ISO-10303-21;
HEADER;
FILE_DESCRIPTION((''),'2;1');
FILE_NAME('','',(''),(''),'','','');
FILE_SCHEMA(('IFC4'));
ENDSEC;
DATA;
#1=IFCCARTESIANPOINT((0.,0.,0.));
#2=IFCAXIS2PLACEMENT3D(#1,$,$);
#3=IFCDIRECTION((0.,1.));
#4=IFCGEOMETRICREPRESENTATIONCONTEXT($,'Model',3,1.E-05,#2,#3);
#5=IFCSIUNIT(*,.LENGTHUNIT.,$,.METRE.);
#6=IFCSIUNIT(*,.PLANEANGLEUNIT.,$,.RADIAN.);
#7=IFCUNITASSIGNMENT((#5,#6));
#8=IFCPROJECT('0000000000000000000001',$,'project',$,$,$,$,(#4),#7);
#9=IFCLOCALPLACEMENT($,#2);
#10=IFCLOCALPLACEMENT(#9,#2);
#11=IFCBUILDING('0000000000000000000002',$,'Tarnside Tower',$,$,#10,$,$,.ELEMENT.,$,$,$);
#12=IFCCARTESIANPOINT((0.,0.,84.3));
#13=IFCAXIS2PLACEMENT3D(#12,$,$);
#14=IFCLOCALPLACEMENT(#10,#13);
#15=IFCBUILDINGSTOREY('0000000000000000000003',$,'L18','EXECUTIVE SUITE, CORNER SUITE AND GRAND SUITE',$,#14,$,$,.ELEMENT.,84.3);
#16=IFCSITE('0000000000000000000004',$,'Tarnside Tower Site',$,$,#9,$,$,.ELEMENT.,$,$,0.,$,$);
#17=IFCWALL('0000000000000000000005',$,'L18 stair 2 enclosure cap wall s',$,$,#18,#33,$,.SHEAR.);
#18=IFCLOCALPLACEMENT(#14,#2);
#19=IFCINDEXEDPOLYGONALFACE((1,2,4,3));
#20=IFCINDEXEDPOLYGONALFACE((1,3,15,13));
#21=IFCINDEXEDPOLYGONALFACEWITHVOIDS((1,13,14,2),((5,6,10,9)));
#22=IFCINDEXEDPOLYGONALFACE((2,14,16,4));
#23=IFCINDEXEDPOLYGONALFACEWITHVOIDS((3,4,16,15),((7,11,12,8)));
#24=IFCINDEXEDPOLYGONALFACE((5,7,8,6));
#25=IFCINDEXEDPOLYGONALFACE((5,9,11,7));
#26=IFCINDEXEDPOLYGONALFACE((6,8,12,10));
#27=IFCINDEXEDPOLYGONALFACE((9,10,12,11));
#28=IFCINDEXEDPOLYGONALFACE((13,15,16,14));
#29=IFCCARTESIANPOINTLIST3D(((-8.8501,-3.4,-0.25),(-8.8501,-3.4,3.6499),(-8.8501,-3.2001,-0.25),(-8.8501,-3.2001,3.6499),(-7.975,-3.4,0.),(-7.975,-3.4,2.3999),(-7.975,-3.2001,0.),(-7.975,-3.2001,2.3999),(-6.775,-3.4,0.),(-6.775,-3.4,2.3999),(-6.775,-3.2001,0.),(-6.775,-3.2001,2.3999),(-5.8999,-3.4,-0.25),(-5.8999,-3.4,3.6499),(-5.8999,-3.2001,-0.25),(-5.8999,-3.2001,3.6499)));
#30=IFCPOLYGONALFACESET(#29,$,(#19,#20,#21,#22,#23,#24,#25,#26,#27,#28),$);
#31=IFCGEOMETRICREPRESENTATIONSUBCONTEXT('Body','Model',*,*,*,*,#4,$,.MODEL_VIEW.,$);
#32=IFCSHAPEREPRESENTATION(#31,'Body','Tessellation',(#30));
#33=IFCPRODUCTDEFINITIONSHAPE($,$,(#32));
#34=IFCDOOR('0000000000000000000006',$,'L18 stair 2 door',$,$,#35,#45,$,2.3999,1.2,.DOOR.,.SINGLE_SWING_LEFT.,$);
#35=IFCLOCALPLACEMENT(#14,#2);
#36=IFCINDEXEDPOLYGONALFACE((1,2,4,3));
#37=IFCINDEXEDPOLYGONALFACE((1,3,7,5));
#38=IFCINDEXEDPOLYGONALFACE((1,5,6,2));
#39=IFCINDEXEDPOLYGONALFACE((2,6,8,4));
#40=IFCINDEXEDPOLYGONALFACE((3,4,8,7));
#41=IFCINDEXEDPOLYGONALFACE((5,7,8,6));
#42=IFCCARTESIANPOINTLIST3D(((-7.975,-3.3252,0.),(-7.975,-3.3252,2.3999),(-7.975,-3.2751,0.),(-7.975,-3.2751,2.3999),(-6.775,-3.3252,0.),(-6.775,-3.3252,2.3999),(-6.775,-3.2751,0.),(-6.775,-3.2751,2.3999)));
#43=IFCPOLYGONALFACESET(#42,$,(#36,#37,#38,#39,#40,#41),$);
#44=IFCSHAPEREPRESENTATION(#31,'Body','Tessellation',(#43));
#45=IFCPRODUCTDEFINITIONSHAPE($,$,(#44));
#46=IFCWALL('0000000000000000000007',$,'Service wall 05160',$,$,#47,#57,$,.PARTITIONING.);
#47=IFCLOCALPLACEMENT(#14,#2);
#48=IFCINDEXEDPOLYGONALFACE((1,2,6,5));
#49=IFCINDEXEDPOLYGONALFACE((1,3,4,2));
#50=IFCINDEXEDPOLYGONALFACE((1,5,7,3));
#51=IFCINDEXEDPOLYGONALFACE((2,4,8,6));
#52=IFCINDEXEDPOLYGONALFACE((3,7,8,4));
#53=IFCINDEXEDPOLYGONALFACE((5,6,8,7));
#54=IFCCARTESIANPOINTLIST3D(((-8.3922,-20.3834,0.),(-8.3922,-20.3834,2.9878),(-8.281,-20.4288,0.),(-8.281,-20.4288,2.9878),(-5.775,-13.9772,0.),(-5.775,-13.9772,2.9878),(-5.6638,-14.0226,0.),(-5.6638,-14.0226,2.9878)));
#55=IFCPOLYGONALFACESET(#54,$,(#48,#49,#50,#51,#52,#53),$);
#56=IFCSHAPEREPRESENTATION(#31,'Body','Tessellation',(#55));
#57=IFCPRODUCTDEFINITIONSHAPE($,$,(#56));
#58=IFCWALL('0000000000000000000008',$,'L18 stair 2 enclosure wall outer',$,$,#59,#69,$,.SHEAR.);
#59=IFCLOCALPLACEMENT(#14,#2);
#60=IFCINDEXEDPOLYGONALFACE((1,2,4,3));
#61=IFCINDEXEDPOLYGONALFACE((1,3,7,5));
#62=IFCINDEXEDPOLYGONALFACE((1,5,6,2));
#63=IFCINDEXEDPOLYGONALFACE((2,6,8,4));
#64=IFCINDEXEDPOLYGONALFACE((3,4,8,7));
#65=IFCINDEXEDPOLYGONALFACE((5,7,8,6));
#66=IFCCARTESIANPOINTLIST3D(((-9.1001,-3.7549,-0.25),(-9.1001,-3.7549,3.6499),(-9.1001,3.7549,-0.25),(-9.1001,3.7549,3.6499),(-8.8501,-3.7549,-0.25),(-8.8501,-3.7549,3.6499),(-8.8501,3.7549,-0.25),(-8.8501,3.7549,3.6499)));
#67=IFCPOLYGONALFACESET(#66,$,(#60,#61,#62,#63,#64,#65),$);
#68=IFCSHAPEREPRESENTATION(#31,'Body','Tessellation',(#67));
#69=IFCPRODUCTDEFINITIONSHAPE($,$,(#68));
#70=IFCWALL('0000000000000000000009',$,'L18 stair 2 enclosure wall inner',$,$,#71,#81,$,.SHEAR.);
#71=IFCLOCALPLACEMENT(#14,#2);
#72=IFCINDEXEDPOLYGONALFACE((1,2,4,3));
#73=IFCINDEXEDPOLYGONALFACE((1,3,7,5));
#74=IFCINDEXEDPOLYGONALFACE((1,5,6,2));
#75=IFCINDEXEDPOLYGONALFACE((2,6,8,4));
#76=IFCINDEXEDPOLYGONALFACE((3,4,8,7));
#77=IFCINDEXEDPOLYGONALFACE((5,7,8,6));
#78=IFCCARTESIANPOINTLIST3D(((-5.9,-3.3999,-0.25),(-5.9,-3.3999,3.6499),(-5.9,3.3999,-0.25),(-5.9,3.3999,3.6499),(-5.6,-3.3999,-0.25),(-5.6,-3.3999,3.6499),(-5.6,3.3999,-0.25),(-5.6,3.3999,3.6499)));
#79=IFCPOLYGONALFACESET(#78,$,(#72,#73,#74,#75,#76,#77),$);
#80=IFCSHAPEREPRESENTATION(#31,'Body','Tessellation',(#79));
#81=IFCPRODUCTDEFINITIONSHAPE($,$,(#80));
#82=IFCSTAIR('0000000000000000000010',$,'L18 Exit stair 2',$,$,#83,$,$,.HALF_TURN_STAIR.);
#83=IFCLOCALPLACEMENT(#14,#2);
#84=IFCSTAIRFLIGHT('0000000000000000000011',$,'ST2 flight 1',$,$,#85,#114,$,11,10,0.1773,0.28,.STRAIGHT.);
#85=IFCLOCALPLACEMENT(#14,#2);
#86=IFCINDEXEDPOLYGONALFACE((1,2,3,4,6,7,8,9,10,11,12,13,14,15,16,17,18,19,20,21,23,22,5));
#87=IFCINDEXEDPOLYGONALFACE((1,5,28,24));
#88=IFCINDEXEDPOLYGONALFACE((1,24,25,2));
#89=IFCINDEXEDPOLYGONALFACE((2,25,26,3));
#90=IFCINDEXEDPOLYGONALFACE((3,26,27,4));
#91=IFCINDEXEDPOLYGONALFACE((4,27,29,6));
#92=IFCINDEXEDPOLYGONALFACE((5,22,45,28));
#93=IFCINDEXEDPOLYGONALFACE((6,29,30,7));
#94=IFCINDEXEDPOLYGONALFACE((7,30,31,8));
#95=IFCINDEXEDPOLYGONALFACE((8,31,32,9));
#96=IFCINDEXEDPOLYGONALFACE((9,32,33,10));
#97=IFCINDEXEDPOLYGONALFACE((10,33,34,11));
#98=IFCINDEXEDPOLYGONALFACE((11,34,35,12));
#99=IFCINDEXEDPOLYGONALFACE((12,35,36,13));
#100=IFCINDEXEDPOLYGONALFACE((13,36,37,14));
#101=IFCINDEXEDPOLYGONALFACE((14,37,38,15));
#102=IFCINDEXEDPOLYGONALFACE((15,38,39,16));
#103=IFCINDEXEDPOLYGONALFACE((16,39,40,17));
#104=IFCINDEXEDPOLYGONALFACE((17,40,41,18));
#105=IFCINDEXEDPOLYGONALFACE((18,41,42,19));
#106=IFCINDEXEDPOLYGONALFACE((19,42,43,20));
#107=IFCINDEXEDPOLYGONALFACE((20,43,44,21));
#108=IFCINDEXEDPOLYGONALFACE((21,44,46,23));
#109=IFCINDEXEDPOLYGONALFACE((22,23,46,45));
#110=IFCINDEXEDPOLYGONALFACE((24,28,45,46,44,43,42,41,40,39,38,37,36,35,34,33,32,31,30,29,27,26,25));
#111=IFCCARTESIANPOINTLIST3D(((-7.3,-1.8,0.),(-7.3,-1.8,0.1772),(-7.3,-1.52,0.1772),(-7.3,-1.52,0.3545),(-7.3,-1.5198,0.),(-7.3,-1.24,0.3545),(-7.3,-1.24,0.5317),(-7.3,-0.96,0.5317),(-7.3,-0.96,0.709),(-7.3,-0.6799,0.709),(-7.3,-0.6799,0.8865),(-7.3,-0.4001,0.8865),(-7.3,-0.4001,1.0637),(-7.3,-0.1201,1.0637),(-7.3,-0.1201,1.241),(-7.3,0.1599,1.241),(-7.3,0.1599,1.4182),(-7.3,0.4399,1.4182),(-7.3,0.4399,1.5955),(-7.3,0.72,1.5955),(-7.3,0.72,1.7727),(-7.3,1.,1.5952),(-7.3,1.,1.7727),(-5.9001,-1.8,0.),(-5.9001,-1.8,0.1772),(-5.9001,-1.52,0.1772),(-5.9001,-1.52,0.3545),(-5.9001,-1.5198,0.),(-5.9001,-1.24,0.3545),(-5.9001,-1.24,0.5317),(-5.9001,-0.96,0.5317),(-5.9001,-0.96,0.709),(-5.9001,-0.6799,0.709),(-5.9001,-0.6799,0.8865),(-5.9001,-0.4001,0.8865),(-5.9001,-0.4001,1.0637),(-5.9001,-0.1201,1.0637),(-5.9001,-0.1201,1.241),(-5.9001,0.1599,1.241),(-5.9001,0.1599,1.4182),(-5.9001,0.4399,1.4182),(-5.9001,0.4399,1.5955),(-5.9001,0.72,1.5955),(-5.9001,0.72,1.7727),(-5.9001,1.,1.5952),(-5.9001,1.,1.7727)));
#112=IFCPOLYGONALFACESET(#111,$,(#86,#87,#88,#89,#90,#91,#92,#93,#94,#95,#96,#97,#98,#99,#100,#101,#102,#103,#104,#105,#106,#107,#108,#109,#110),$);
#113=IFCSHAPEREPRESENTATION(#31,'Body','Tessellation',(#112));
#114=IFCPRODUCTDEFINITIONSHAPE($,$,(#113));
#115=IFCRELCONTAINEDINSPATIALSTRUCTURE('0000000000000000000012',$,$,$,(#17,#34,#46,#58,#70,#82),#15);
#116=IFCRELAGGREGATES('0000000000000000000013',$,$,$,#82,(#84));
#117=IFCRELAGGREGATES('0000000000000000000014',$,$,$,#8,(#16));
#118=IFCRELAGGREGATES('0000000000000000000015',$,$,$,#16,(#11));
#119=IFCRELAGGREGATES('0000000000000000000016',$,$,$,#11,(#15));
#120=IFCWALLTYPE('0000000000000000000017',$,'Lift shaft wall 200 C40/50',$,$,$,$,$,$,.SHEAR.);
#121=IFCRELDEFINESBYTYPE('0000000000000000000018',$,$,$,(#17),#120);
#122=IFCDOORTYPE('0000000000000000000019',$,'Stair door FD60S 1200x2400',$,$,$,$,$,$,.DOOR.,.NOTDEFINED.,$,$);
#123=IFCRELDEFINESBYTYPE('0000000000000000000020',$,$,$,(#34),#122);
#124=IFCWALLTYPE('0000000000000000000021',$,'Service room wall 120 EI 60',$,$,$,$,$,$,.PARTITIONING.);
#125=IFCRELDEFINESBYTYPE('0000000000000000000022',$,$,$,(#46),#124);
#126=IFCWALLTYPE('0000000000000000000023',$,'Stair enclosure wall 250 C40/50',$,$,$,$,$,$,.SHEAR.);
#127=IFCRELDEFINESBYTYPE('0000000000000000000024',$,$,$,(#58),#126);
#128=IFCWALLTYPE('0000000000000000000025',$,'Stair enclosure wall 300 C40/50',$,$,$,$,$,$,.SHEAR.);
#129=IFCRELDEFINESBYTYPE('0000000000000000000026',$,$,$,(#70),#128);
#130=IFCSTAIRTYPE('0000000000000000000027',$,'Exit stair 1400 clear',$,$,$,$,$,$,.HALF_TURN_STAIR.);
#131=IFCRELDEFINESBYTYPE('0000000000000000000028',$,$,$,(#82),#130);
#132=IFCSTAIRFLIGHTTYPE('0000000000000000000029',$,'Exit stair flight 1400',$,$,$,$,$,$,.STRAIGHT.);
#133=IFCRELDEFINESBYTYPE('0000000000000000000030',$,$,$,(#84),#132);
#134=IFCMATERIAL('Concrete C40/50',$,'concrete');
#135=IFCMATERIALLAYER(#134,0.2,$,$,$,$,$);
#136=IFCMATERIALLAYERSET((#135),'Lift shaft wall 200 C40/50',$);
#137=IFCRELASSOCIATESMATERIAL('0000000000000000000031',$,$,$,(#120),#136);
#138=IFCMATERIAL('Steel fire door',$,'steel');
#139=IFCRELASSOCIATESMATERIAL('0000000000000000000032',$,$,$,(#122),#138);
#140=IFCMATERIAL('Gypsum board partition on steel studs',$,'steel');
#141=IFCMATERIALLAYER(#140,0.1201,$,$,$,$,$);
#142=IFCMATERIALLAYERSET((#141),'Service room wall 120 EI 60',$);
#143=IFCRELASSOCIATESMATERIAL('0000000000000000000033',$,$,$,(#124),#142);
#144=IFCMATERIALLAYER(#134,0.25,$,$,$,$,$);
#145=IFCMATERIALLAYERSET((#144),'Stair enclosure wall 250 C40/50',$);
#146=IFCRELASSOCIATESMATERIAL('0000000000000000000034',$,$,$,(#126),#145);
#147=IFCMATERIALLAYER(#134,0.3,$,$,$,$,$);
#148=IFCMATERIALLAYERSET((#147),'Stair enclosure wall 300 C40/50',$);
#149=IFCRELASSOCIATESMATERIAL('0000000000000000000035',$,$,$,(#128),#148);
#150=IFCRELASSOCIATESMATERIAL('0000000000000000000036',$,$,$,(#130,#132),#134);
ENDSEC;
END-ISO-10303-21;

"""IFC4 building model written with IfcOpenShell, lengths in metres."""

from ifc_helpers import new_model, si_unit, direction, frame, frame_2d, origin, place, context, subcontext, project, spatial, polyline, rectangle, outline, extrude, material, layer, layer_set, type_object, element, fill, aggregate, save


model = new_model("IFC4")

# Units and contexts
model_context = context("Model", 3, precision=1e-05, world=origin(), true_north=direction((0.0, 1.0)))
body_context = subcontext(model_context, "Body", "Model", "MODEL_VIEW")
ifc_project = project(units=[si_unit("LENGTHUNIT", "METRE"), si_unit("PLANEANGLEUNIT", "RADIAN")], contexts=[model_context])

# Site, building, storey
site_placement = place(None, origin())
site = spatial("IfcSite", under=ifc_project, at=site_placement, Name="Tarnside Tower Site", CompositionType="ELEMENT", RefElevation=0.0)
building_placement = place(site_placement, origin())
building = spatial("IfcBuilding", under=site, at=building_placement, Name="Tarnside Tower", CompositionType="ELEMENT")
storey_placement = place(building_placement, frame((0.0, 0.0, 84.3)))
storey = spatial("IfcBuildingStorey", under=building, at=storey_placement, Name="L18", Description="EXECUTIVE SUITE, CORNER SUITE AND GRAND SUITE", CompositionType="ELEMENT", Elevation=84.3)

# Shared definitions
ifc_material_1 = material(Name="Steel fire door", Category="steel")

# Shared definitions
ifc_material_2 = material(Name="Gypsum board partition on steel studs", Category="steel")

# Shared definitions
ifc_material_3 = material(Name="Concrete C40/50", Category="concrete")
ifc_layer_1 = layer(ifc_material_3, 0.2)
ifc_layer_set_1 = layer_set([ifc_layer_1], Name="Lift shaft wall 200 C40/50")
wall_type_1 = type_object("IfcWallType", Name="Lift shaft wall 200 C40/50", PredefinedType="SHEAR", material=ifc_layer_set_1)

# Wall, opening, door
wall_1_placement = place(storey_placement, frame((-8.8501, -3.3, -0.25), z_axis=(0.0, 0.0, 1.0), x_axis=(1.0, 0.0, 0.0)))
wall_1 = element("IfcWall", 1, at=wall_1_placement, inside=storey, type_object=wall_type_1, Name="L18 stair 2 enclosure cap wall s", PredefinedType="SHEAR", context=body_context, shape_type="SweptSolid", body=[
    extrude(rectangle(XDim=2.9502, YDim=0.2, at=frame_2d((1.4751, 0.0))), origin(), (0.0, 0.0, 1.0), 3.8999),
])
opening_1_placement = place(wall_1_placement, frame((0.875, 0.0, 0.25)))
opening_1 = element("IfcOpeningElement", 2, at=opening_1_placement, cuts=wall_1, PredefinedType="OPENING", context=body_context, shape_type="SweptSolid", body=[
    extrude(rectangle(XDim=1.2, YDim=2.3999, at=frame_2d((0.6001, 1.2))), frame((0.0, 0.1099, 0.0), z_axis=(0.0, -1.0, 0.0), x_axis=(1.0, 0.0, 0.0)), (0.0, 0.0, 1.0), 0.22),
])
door_type_1 = type_object("IfcDoorType", Name="Stair door FD60S 1200x2400", OperationType="NOTDEFINED", PredefinedType="DOOR", material=ifc_material_1)
door_1_placement = place(opening_1_placement, origin())
door_1 = element("IfcDoor", 3, at=door_1_placement, inside=storey, type_object=door_type_1, Name="L18 stair 2 door", OperationType="SINGLE_SWING_LEFT", OverallHeight=2.3999, OverallWidth=1.2, PredefinedType="DOOR", context=body_context, shape_type="SweptSolid", body=[
    extrude(rectangle(XDim=1.2, YDim=2.3999, at=frame_2d((0.6001, 1.2))), frame((0.0, 0.0249, 0.0), z_axis=(0.0, -1.0, 0.0), x_axis=(1.0, 0.0, 0.0)), (0.0, 0.0, 1.0), 0.05),
])
fill(opening_1, door_1)

# Walls
ifc_layer_2 = layer(ifc_material_2, 0.1201)
ifc_layer_set_2 = layer_set([ifc_layer_2], Name="Service room wall 120 EI 60")
wall_type_2 = type_object("IfcWallType", Name="Service room wall 120 EI 60", PredefinedType="PARTITIONING", material=ifc_layer_set_2)
wall_2_placement = place(storey_placement, frame((-5.7195, -14.0, 0.0), z_axis=(0.0, 0.0, 1.0), x_axis=(-0.378193, -0.925727, 0.0)))
element("IfcWall", 4, at=wall_2_placement, inside=storey, type_object=wall_type_2, Name="Service wall 05160", PredefinedType="PARTITIONING", context=body_context, shape_type="SweptSolid", body=[
    extrude(rectangle(XDim=6.9202, YDim=0.1201, at=frame_2d((3.46, 0.0))), origin(), (0.0, 0.0, 1.0), 2.9878),
])
ifc_layer_3 = layer(ifc_material_3, 0.25)
ifc_layer_set_3 = layer_set([ifc_layer_3], Name="Stair enclosure wall 250 C40/50")
wall_type_3 = type_object("IfcWallType", Name="Stair enclosure wall 250 C40/50", PredefinedType="SHEAR", material=ifc_layer_set_3)
wall_3_placement = place(storey_placement, frame((-8.9751, -3.7549, -0.25), z_axis=(0.0, 0.0, 1.0), x_axis=(0.0, 1.0, 0.0)))
element("IfcWall", 5, at=wall_3_placement, inside=storey, type_object=wall_type_3, Name="L18 stair 2 enclosure wall outer", PredefinedType="SHEAR", context=body_context, shape_type="SweptSolid", body=[
    extrude(rectangle(XDim=7.5098, YDim=0.25, at=frame_2d((3.7549, 0.0))), origin(), (0.0, 0.0, 1.0), 3.8999),
])
ifc_layer_4 = layer(ifc_material_3, 0.3)
ifc_layer_set_4 = layer_set([ifc_layer_4], Name="Stair enclosure wall 300 C40/50")
wall_type_4 = type_object("IfcWallType", Name="Stair enclosure wall 300 C40/50", PredefinedType="SHEAR", material=ifc_layer_set_4)
wall_4_placement = place(storey_placement, frame((-5.75, -3.3999, -0.25), z_axis=(0.0, 0.0, 1.0), x_axis=(0.0, 1.0, 0.0)))
element("IfcWall", 6, at=wall_4_placement, inside=storey, type_object=wall_type_4, Name="L18 stair 2 enclosure wall inner", PredefinedType="SHEAR", context=body_context, shape_type="SweptSolid", body=[
    extrude(rectangle(XDim=6.7998, YDim=0.3, at=frame_2d((3.3999, 0.0))), origin(), (0.0, 0.0, 1.0), 3.8999),
])

# Stair, stair flight
stair_type = type_object("IfcStairType", Name="Exit stair 1400 clear", PredefinedType="HALF_TURN_STAIR", material=ifc_material_3)
stair_placement = place(storey_placement, origin())
stair = element("IfcStair", 7, at=stair_placement, inside=storey, type_object=stair_type, Name="L18 Exit stair 2", PredefinedType="HALF_TURN_STAIR")
stair_flight_type = type_object("IfcStairFlightType", Name="Exit stair flight 1400", PredefinedType="STRAIGHT", material=ifc_material_3)
stair_flight_placement = place(storey_placement, frame((-6.6001, -1.8, 0.0), z_axis=(0.0, 0.0, 1.0), x_axis=(0.0, 1.0, 0.0)))
stair_flight = element("IfcStairFlight", 8, at=stair_flight_placement, type_object=stair_flight_type, Name="ST2 flight 1", NumberOfRisers=11, NumberOfTreads=10, PredefinedType="STRAIGHT", RiserHeight=0.1773, TreadLength=0.28, context=body_context, shape_type="SweptSolid", body=[
    extrude(outline(polyline([(0.0, 0.0), (0.0, 0.1772), (0.28, 0.1772), (0.28, 0.3545), (0.5601, 0.3545), (0.5601, 0.5317), (0.8401, 0.5317), (0.8401, 0.709), (1.1201, 0.709), (1.1201, 0.8865), (1.3999, 0.8865), (1.3999, 1.0637), (1.6799, 1.0637), (1.6799, 1.241), (1.96, 1.241), (1.96, 1.4182), (2.24, 1.4182), (2.24, 1.5955), (2.52, 1.5955), (2.52, 1.7727), (2.8, 1.7727), (2.8, 1.95), (2.8, 1.5952), (0.2803, 0.0), (0.0, 0.0)])), frame((0.0, 0.7, 0.0), z_axis=(0.0, -1.0, 0.0), x_axis=(1.0, 0.0, 0.0)), (0.0, 0.0, 1.0), 1.3999),
])
aggregate(stair, [stair_flight])

save(model, "model.ifc")
